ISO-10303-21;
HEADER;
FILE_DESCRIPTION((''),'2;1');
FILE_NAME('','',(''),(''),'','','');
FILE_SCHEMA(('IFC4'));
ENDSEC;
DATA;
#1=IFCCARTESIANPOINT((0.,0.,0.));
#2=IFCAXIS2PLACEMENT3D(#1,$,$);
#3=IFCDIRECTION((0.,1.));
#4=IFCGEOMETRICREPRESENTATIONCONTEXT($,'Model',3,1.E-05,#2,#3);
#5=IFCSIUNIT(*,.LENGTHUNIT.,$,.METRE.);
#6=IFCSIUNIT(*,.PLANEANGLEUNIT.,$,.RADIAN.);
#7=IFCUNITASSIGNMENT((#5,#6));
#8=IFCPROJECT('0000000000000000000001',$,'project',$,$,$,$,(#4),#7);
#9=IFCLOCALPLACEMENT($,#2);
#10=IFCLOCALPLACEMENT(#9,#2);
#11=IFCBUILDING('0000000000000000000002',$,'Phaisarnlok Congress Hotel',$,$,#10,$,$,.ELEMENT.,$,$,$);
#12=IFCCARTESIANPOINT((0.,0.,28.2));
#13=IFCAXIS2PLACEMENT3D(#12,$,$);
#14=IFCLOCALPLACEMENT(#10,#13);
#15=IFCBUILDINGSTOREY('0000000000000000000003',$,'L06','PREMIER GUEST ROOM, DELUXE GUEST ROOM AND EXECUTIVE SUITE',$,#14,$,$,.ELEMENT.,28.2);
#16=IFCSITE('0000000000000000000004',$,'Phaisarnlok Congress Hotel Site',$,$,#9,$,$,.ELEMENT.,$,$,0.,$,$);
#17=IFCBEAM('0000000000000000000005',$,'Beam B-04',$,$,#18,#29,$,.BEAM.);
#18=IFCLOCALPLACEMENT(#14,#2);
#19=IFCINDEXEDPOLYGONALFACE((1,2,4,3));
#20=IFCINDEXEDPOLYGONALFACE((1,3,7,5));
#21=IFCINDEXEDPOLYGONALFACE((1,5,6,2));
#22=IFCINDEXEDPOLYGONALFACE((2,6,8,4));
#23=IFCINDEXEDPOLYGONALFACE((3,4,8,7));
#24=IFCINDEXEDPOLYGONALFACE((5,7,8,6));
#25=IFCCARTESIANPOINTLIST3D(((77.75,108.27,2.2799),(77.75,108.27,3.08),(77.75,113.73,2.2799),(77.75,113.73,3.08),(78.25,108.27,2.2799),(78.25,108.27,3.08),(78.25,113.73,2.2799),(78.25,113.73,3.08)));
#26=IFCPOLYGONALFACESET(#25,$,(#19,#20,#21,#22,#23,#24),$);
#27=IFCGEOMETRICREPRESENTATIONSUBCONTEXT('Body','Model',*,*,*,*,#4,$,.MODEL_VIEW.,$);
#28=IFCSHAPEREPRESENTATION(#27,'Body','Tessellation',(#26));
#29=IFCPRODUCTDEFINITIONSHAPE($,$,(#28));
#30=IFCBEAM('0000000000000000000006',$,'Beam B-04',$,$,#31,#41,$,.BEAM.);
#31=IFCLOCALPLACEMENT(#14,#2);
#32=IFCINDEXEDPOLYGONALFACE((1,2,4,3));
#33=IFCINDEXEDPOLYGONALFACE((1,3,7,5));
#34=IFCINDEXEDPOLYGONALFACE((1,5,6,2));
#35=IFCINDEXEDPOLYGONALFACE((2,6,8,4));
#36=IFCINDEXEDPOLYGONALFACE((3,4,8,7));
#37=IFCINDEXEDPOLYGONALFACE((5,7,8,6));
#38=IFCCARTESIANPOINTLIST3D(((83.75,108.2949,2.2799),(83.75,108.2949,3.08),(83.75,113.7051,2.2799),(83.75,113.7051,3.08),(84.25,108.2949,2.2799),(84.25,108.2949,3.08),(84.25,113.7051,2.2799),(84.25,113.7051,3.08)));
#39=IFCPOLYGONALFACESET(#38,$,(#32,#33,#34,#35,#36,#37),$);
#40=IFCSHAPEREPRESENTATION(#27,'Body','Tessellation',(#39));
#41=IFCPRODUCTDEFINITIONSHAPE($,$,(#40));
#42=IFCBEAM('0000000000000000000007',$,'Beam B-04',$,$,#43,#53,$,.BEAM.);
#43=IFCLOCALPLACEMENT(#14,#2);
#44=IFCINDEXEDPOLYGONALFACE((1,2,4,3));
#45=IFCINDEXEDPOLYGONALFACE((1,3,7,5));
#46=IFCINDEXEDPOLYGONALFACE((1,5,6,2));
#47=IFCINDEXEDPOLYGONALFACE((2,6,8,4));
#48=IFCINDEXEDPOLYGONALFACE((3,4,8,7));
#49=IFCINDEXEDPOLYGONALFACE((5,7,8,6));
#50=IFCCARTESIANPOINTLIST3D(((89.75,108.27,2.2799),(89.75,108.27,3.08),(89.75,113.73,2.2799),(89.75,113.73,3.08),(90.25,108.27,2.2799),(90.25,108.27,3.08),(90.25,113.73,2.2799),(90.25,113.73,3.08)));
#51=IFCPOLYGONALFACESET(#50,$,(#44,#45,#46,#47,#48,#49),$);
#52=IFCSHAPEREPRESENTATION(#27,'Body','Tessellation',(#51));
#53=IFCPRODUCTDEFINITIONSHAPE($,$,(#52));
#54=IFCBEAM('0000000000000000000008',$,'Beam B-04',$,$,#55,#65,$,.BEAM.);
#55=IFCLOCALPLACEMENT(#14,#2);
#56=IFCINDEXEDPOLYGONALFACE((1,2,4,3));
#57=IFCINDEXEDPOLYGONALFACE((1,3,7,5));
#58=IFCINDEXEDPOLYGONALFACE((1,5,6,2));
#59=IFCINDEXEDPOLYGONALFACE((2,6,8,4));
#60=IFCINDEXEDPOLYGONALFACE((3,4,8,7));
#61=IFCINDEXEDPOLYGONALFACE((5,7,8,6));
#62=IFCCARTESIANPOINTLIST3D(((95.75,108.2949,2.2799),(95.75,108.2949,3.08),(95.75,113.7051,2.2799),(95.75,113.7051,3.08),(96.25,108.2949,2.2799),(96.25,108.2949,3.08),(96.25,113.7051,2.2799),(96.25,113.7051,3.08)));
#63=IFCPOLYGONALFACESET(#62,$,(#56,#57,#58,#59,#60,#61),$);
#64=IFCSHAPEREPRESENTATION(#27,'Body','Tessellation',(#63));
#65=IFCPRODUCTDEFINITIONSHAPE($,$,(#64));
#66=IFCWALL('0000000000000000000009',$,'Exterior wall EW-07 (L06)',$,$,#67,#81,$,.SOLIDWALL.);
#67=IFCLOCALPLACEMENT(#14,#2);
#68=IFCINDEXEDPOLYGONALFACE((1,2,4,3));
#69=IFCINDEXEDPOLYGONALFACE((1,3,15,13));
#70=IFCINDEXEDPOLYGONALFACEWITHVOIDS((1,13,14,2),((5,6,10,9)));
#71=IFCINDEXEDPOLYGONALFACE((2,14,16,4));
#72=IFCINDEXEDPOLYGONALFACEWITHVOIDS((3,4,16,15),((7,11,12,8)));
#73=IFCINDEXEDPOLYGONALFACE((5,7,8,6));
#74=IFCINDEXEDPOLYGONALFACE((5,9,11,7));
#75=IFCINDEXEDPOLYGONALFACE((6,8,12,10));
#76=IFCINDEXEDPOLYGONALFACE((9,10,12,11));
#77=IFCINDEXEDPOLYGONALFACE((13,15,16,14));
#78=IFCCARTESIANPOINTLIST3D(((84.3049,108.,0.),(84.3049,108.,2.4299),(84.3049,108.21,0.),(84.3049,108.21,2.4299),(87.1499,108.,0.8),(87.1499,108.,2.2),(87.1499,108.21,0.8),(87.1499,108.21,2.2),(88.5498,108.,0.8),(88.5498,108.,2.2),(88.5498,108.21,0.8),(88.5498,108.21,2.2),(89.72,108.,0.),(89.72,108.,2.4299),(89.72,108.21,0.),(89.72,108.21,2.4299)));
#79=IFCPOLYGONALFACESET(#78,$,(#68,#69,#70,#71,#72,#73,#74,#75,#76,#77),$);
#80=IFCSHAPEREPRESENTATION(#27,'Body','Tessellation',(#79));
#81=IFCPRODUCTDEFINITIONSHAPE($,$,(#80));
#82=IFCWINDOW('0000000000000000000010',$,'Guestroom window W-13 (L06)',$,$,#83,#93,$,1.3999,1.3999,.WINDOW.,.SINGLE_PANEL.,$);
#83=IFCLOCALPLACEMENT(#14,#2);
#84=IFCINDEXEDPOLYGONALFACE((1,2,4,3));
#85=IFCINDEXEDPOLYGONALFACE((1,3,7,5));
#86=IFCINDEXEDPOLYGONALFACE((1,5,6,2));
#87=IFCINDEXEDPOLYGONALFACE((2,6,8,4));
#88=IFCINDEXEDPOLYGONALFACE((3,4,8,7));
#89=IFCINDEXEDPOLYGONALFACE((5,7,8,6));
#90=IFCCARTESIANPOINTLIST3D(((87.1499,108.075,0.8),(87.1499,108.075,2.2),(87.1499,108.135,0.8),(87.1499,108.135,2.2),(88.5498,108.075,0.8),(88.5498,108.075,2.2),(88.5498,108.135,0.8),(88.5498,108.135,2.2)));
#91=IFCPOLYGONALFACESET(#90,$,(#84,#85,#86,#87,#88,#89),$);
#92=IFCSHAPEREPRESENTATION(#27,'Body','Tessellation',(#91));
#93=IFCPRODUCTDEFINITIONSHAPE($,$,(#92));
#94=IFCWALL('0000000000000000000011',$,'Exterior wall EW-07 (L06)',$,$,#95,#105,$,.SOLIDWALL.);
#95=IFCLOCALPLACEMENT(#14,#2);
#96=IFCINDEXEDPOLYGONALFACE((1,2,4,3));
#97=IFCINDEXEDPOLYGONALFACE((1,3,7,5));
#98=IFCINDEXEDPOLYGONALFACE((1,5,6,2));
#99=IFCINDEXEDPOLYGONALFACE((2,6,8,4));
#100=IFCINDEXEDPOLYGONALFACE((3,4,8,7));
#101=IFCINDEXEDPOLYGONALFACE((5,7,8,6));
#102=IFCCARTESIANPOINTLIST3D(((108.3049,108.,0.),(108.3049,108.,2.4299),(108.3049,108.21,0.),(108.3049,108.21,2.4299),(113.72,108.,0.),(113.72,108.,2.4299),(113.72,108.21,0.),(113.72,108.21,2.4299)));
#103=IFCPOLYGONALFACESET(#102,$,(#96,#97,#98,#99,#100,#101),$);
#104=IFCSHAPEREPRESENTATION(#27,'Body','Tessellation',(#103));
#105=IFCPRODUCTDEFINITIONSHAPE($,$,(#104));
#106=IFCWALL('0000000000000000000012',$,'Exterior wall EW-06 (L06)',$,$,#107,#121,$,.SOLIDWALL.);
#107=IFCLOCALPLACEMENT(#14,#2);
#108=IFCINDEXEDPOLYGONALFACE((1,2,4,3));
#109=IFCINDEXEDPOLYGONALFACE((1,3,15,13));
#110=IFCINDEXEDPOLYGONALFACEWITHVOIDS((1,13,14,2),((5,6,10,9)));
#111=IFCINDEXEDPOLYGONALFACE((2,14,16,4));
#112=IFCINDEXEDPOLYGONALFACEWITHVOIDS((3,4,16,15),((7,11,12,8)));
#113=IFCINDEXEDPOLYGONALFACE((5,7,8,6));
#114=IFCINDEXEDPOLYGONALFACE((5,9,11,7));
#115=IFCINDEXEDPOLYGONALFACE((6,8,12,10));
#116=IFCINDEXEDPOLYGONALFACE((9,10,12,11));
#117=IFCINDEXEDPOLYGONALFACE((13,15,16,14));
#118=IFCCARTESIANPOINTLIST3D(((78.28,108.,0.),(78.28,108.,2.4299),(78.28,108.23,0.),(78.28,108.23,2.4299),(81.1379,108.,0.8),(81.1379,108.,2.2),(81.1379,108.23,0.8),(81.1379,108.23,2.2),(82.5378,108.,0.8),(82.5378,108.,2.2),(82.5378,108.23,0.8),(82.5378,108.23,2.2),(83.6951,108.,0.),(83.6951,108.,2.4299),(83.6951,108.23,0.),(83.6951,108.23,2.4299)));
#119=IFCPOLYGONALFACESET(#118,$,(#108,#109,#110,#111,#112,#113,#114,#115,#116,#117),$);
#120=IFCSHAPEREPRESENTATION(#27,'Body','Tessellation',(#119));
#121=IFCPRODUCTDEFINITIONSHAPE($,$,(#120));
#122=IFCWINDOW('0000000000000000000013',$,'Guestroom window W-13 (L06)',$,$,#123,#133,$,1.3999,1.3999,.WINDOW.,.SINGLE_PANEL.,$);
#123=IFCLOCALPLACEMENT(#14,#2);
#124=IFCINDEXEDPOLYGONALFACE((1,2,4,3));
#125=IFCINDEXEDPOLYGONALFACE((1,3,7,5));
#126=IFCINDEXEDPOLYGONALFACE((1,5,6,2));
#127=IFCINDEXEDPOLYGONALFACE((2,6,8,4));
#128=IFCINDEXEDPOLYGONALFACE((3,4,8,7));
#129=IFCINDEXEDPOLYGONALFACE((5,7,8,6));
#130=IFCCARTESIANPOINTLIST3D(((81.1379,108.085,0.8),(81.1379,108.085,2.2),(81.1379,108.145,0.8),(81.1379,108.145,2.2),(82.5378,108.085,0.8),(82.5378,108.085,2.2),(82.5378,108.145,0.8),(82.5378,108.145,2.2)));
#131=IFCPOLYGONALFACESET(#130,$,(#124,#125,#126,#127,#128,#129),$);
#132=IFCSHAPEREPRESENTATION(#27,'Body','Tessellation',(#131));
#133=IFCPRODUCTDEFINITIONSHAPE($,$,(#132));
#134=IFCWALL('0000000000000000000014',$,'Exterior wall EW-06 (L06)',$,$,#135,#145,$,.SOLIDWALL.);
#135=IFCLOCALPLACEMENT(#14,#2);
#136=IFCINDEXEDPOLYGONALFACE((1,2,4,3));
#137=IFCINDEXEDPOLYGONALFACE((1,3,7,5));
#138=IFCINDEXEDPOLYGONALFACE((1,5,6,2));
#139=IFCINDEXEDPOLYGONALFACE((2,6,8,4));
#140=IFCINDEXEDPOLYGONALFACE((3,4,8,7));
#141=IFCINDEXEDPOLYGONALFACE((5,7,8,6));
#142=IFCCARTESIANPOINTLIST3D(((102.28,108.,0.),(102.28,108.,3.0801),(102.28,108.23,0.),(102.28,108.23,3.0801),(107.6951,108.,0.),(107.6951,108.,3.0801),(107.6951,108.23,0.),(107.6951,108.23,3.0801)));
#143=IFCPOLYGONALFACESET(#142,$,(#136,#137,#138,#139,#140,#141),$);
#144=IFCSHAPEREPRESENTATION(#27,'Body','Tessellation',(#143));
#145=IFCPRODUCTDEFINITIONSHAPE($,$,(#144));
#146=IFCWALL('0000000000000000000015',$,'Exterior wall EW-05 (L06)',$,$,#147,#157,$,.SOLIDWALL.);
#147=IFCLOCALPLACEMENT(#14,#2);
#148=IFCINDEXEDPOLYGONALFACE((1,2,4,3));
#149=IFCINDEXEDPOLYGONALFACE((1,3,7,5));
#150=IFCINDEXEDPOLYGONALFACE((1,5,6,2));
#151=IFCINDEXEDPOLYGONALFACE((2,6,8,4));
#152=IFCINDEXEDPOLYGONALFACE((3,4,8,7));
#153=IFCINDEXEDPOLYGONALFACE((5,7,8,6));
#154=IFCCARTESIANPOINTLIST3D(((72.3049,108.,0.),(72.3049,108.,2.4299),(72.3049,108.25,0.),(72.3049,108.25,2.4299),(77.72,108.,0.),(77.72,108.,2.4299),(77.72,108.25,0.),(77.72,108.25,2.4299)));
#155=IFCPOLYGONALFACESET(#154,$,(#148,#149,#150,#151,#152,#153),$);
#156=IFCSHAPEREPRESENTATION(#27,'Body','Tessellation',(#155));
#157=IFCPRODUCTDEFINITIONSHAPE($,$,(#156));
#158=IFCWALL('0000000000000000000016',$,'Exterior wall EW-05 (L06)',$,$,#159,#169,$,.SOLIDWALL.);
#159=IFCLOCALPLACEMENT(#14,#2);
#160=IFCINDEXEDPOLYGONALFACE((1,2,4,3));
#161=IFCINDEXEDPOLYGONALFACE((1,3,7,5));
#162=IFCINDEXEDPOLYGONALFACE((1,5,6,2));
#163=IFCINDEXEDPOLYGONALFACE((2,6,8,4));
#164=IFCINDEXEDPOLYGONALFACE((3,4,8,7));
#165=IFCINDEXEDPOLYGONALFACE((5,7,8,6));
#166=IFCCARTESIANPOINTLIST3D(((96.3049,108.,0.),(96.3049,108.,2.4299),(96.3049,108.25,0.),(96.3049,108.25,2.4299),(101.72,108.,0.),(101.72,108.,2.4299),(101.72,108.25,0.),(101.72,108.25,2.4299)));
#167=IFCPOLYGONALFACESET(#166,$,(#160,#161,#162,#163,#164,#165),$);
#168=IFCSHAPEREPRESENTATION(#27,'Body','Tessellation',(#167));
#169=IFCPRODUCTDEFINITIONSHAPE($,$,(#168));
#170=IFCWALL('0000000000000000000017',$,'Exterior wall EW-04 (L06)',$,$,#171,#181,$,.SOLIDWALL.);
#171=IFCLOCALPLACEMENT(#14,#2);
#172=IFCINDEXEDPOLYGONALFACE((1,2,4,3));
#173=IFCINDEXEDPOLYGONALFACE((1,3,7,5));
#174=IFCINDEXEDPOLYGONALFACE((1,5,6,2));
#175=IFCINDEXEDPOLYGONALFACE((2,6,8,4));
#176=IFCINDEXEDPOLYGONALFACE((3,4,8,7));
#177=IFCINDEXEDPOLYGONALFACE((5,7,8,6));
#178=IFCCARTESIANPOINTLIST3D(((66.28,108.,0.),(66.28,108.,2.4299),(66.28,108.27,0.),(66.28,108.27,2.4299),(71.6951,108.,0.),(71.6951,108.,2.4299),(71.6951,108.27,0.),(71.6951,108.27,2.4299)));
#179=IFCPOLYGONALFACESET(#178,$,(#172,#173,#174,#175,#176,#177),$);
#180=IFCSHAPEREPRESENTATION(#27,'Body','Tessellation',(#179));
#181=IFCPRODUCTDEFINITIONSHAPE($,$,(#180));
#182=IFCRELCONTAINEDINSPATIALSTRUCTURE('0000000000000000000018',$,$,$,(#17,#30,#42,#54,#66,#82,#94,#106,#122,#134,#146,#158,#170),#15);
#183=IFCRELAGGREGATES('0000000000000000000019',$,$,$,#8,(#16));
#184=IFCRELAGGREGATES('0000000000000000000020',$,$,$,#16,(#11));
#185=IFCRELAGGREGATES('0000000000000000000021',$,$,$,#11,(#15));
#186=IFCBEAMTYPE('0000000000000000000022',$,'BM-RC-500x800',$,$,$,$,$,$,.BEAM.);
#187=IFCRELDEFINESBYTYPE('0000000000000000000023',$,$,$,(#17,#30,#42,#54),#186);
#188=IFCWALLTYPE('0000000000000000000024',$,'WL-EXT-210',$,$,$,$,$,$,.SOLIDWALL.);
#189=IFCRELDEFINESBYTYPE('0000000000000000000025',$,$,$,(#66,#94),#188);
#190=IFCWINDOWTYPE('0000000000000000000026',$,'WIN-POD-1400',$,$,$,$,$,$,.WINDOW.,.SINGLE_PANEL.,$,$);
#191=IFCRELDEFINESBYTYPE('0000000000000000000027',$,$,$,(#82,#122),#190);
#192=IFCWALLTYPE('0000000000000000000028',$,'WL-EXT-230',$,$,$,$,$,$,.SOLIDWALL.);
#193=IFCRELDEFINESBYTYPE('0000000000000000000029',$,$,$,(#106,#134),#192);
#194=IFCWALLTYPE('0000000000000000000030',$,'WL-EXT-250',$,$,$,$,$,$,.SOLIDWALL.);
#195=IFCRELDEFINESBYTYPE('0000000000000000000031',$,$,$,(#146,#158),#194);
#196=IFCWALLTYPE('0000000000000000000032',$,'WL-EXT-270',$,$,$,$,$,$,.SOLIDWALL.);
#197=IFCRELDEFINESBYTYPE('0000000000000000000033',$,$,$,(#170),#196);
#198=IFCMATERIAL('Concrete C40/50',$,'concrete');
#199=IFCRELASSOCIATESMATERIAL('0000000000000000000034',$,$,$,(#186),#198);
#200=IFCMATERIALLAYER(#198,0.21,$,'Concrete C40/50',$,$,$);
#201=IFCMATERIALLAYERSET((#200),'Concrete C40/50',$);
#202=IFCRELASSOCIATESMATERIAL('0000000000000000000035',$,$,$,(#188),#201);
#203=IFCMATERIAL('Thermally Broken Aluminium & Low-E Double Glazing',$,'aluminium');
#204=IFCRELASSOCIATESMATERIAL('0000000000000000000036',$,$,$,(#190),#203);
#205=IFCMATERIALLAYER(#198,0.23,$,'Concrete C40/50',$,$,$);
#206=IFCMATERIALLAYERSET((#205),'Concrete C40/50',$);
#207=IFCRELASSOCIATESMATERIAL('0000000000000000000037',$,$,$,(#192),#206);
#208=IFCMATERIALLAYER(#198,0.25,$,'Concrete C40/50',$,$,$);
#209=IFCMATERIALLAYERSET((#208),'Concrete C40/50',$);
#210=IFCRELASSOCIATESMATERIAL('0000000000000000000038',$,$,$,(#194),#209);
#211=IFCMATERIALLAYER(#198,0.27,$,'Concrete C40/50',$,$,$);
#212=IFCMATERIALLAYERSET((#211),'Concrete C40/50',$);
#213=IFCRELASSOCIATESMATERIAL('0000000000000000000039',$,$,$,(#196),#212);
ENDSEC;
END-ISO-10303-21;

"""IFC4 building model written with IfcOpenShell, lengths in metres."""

from ifc_helpers import new_model, si_unit, direction, frame, frame_2d, origin, origin_2d, place, context, subcontext, project, spatial, rectangle, extrude, material, layer, layer_set, material_profile, profile_set, type_object, element, fill, save


model = new_model("IFC4")

# Units and contexts
model_context = context("Model", 3, precision=1e-05, world=origin(), true_north=direction((0.0, 1.0)))
body_context = subcontext(model_context, "Body", "Model", "MODEL_VIEW")
ifc_project = project(units=[si_unit("LENGTHUNIT", "METRE"), si_unit("PLANEANGLEUNIT", "RADIAN")], contexts=[model_context])

# Site, building, storey
site_placement = place(None, origin())
site = spatial("IfcSite", under=ifc_project, at=site_placement, Name="Phaisarnlok Congress Hotel Site", CompositionType="ELEMENT", RefElevation=0.0)
building_placement = place(site_placement, origin())
building = spatial("IfcBuilding", under=site, at=building_placement, Name="Phaisarnlok Congress Hotel", CompositionType="ELEMENT")
storey_placement = place(building_placement, frame((0.0, 0.0, 28.2)))
storey = spatial("IfcBuildingStorey", under=building, at=storey_placement, Name="L06", Description="PREMIER GUEST ROOM, DELUXE GUEST ROOM AND EXECUTIVE SUITE", CompositionType="ELEMENT", Elevation=28.2)

# Beams
ifc_material_1 = material(Name="Concrete C40/50", Category="concrete")
ifc_material_profile = material_profile(ifc_material_1, rectangle(XDim=0.5, YDim=0.8, at=origin_2d()), Name="RC 500x800")
ifc_profile_set = profile_set([ifc_material_profile], Name="Concrete C40/50")
beam_type = type_object("IfcBeamType", Name="BM-RC-500x800", PredefinedType="BEAM", material=ifc_profile_set)
beam_1_placement = place(storey_placement, frame((78.0, 108.27, 2.6799), z_axis=(0.0, 1.0, 0.0), x_axis=(-1.0, 0.0, 0.0)))
element("IfcBeam", 1, at=beam_1_placement, inside=storey, type_object=beam_type, Name="Beam B-04", PredefinedType="BEAM", context=body_context, shape_type="SweptSolid", body=[
    extrude(rectangle(XDim=0.5, YDim=0.8, at=origin_2d()), origin(), (0.0, 0.0, 1.0), 5.46),
])
beam_2_placement = place(storey_placement, frame((84.0, 108.2949, 2.6799), z_axis=(0.0, 1.0, 0.0), x_axis=(-1.0, 0.0, 0.0)))
element("IfcBeam", 2, at=beam_2_placement, inside=storey, type_object=beam_type, Name="Beam B-04", PredefinedType="BEAM", context=body_context, shape_type="SweptSolid", body=[
    extrude(rectangle(XDim=0.5, YDim=0.8, at=origin_2d()), origin(), (0.0, 0.0, 1.0), 5.4102),
])
beam_3_placement = place(storey_placement, frame((90.0, 108.27, 2.6799), z_axis=(0.0, 1.0, 0.0), x_axis=(-1.0, 0.0, 0.0)))
element("IfcBeam", 3, at=beam_3_placement, inside=storey, type_object=beam_type, Name="Beam B-04", PredefinedType="BEAM", context=body_context, shape_type="SweptSolid", body=[
    extrude(rectangle(XDim=0.5, YDim=0.8, at=origin_2d()), origin(), (0.0, 0.0, 1.0), 5.46),
])
beam_4_placement = place(storey_placement, frame((96.0, 108.2949, 2.6799), z_axis=(0.0, 1.0, 0.0), x_axis=(-1.0, 0.0, 0.0)))
element("IfcBeam", 4, at=beam_4_placement, inside=storey, type_object=beam_type, Name="Beam B-04", PredefinedType="BEAM", context=body_context, shape_type="SweptSolid", body=[
    extrude(rectangle(XDim=0.5, YDim=0.8, at=origin_2d()), origin(), (0.0, 0.0, 1.0), 5.4102),
])

# Wall, opening, window
ifc_layer_1 = layer(ifc_material_1, 0.21, Name="Concrete C40/50")
ifc_layer_set_1 = layer_set([ifc_layer_1], Name="Concrete C40/50")
wall_type_1 = type_object("IfcWallType", Name="WL-EXT-210", PredefinedType="SOLIDWALL", material=ifc_layer_set_1)
wall_1_placement = place(storey_placement, frame((84.3049, 108.105, 0.0), z_axis=(0.0, 0.0, 1.0), x_axis=(1.0, 0.0, 0.0)))
wall_1 = element("IfcWall", 5, at=wall_1_placement, inside=storey, type_object=wall_type_1, Name="Exterior wall EW-07 (L06)", PredefinedType="SOLIDWALL", context=body_context, shape_type="SweptSolid", body=[
    extrude(rectangle(XDim=5.415, YDim=0.21, at=frame_2d((2.7075, 0.0))), origin(), (0.0, 0.0, 1.0), 2.4299),
])
opening_1_placement = place(wall_1_placement, frame((2.845, 0.0, 0.8)))
opening_1 = element("IfcOpeningElement", 6, at=opening_1_placement, cuts=wall_1, PredefinedType="OPENING", context=body_context, shape_type="SweptSolid", body=[
    extrude(rectangle(XDim=1.3999, YDim=1.3999, at=frame_2d((0.7, 0.7))), frame((0.0, 0.115, 0.0), z_axis=(0.0, -1.0, 0.0), x_axis=(1.0, 0.0, 0.0)), (0.0, 0.0, 1.0), 0.23),
])
ifc_material_2 = material(Name="Thermally Broken Aluminium & Low-E Double Glazing", Category="aluminium")
window_type = type_object("IfcWindowType", Name="WIN-POD-1400", PartitioningType="SINGLE_PANEL", PredefinedType="WINDOW", material=ifc_material_2)
window_1_placement = place(opening_1_placement, origin())
window_1 = element("IfcWindow", 7, at=window_1_placement, inside=storey, type_object=window_type, Name="Guestroom window W-13 (L06)", OverallHeight=1.3999, OverallWidth=1.3999, PartitioningType="SINGLE_PANEL", PredefinedType="WINDOW", context=body_context, shape_type="SweptSolid", body=[
    extrude(rectangle(XDim=1.3999, YDim=1.3999, at=frame_2d((0.7, 0.7))), frame((0.0, 0.03, 0.0), z_axis=(0.0, -1.0, 0.0), x_axis=(1.0, 0.0, 0.0)), (0.0, 0.0, 1.0), 0.0601),
])
fill(opening_1, window_1)

# Wall
wall_2_placement = place(storey_placement, frame((108.3049, 108.105, 0.0), z_axis=(0.0, 0.0, 1.0), x_axis=(1.0, 0.0, 0.0)))
element("IfcWall", 8, at=wall_2_placement, inside=storey, type_object=wall_type_1, Name="Exterior wall EW-07 (L06)", PredefinedType="SOLIDWALL", context=body_context, shape_type="SweptSolid", body=[
    extrude(rectangle(XDim=5.415, YDim=0.21, at=frame_2d((2.7075, 0.0))), origin(), (0.0, 0.0, 1.0), 2.4299),
])

# Wall, opening, window
ifc_layer_2 = layer(ifc_material_1, 0.23, Name="Concrete C40/50")
ifc_layer_set_2 = layer_set([ifc_layer_2], Name="Concrete C40/50")
wall_type_2 = type_object("IfcWallType", Name="WL-EXT-230", PredefinedType="SOLIDWALL", material=ifc_layer_set_2)
wall_3_placement = place(storey_placement, frame((78.28, 108.115, 0.0), z_axis=(0.0, 0.0, 1.0), x_axis=(1.0, 0.0, 0.0)))
wall_3 = element("IfcWall", 9, at=wall_3_placement, inside=storey, type_object=wall_type_2, Name="Exterior wall EW-06 (L06)", PredefinedType="SOLIDWALL", context=body_context, shape_type="SweptSolid", body=[
    extrude(rectangle(XDim=5.415, YDim=0.23, at=frame_2d((2.7075, 0.0))), origin(), (0.0, 0.0, 1.0), 2.4299),
])
opening_2_placement = place(wall_3_placement, frame((2.8579, 0.0, 0.8)))
opening_2 = element("IfcOpeningElement", 10, at=opening_2_placement, cuts=wall_3, PredefinedType="OPENING", context=body_context, shape_type="SweptSolid", body=[
    extrude(rectangle(XDim=1.3999, YDim=1.3999, at=frame_2d((0.7, 0.7))), frame((0.0, 0.125, 0.0), z_axis=(0.0, -1.0, 0.0), x_axis=(1.0, 0.0, 0.0)), (0.0, 0.0, 1.0), 0.25),
])
window_2_placement = place(opening_2_placement, origin())
window_2 = element("IfcWindow", 11, at=window_2_placement, inside=storey, type_object=window_type, Name="Guestroom window W-13 (L06)", OverallHeight=1.3999, OverallWidth=1.3999, PartitioningType="SINGLE_PANEL", PredefinedType="WINDOW", context=body_context, shape_type="SweptSolid", body=[
    extrude(rectangle(XDim=1.3999, YDim=1.3999, at=frame_2d((0.7, 0.7))), frame((0.0, 0.03, 0.0), z_axis=(0.0, -1.0, 0.0), x_axis=(1.0, 0.0, 0.0)), (0.0, 0.0, 1.0), 0.0601),
])
fill(opening_2, window_2)

# Walls
wall_4_placement = place(storey_placement, frame((102.28, 108.115, 0.0), z_axis=(0.0, 0.0, 1.0), x_axis=(1.0, 0.0, 0.0)))
element("IfcWall", 12, at=wall_4_placement, inside=storey, type_object=wall_type_2, Name="Exterior wall EW-06 (L06)", PredefinedType="SOLIDWALL", context=body_context, shape_type="SweptSolid", body=[
    extrude(rectangle(XDim=5.415, YDim=0.23, at=frame_2d((2.7075, 0.0))), origin(), (0.0, 0.0, 1.0), 3.0801),
])
ifc_layer_3 = layer(ifc_material_1, 0.25, Name="Concrete C40/50")
ifc_layer_set_3 = layer_set([ifc_layer_3], Name="Concrete C40/50")
wall_type_3 = type_object("IfcWallType", Name="WL-EXT-250", PredefinedType="SOLIDWALL", material=ifc_layer_set_3)
for number, where, z_axis, x_axis, name in (
    (13, (72.3049, 108.125, 0.0), (0.0, 0.0, 1.0), (1.0, 0.0, 0.0), "Exterior wall EW-05 (L06)"),
    (14, (96.3049, 108.125, 0.0), (0.0, 0.0, 1.0), (1.0, 0.0, 0.0), "Exterior wall EW-05 (L06)"),
):
    element("IfcWall", number, at=place(storey_placement, frame(where, z_axis=z_axis, x_axis=x_axis)), inside=storey, type_object=wall_type_3, Name=name, PredefinedType="SOLIDWALL", context=body_context, shape_type="SweptSolid", body=[
        extrude(rectangle(XDim=5.415, YDim=0.25, at=frame_2d((2.7075, 0.0))), origin(), (0.0, 0.0, 1.0), 2.4299),
    ])
ifc_layer_4 = layer(ifc_material_1, 0.27, Name="Concrete C40/50")
ifc_layer_set_4 = layer_set([ifc_layer_4], Name="Concrete C40/50")
wall_type_4 = type_object("IfcWallType", Name="WL-EXT-270", PredefinedType="SOLIDWALL", material=ifc_layer_set_4)
for number, where, z_axis, x_axis, name in (
    (15, (66.28, 108.135, 0.0), (0.0, 0.0, 1.0), (1.0, 0.0, 0.0), "Exterior wall EW-04 (L06)"),
):
    element("IfcWall", number, at=place(storey_placement, frame(where, z_axis=z_axis, x_axis=x_axis)), inside=storey, type_object=wall_type_4, Name=name, PredefinedType="SOLIDWALL", context=body_context, shape_type="SweptSolid", body=[
        extrude(rectangle(XDim=5.415, YDim=0.27, at=frame_2d((2.7075, 0.0))), origin(), (0.0, 0.0, 1.0), 2.4299),
    ])

save(model, "model.ifc")
